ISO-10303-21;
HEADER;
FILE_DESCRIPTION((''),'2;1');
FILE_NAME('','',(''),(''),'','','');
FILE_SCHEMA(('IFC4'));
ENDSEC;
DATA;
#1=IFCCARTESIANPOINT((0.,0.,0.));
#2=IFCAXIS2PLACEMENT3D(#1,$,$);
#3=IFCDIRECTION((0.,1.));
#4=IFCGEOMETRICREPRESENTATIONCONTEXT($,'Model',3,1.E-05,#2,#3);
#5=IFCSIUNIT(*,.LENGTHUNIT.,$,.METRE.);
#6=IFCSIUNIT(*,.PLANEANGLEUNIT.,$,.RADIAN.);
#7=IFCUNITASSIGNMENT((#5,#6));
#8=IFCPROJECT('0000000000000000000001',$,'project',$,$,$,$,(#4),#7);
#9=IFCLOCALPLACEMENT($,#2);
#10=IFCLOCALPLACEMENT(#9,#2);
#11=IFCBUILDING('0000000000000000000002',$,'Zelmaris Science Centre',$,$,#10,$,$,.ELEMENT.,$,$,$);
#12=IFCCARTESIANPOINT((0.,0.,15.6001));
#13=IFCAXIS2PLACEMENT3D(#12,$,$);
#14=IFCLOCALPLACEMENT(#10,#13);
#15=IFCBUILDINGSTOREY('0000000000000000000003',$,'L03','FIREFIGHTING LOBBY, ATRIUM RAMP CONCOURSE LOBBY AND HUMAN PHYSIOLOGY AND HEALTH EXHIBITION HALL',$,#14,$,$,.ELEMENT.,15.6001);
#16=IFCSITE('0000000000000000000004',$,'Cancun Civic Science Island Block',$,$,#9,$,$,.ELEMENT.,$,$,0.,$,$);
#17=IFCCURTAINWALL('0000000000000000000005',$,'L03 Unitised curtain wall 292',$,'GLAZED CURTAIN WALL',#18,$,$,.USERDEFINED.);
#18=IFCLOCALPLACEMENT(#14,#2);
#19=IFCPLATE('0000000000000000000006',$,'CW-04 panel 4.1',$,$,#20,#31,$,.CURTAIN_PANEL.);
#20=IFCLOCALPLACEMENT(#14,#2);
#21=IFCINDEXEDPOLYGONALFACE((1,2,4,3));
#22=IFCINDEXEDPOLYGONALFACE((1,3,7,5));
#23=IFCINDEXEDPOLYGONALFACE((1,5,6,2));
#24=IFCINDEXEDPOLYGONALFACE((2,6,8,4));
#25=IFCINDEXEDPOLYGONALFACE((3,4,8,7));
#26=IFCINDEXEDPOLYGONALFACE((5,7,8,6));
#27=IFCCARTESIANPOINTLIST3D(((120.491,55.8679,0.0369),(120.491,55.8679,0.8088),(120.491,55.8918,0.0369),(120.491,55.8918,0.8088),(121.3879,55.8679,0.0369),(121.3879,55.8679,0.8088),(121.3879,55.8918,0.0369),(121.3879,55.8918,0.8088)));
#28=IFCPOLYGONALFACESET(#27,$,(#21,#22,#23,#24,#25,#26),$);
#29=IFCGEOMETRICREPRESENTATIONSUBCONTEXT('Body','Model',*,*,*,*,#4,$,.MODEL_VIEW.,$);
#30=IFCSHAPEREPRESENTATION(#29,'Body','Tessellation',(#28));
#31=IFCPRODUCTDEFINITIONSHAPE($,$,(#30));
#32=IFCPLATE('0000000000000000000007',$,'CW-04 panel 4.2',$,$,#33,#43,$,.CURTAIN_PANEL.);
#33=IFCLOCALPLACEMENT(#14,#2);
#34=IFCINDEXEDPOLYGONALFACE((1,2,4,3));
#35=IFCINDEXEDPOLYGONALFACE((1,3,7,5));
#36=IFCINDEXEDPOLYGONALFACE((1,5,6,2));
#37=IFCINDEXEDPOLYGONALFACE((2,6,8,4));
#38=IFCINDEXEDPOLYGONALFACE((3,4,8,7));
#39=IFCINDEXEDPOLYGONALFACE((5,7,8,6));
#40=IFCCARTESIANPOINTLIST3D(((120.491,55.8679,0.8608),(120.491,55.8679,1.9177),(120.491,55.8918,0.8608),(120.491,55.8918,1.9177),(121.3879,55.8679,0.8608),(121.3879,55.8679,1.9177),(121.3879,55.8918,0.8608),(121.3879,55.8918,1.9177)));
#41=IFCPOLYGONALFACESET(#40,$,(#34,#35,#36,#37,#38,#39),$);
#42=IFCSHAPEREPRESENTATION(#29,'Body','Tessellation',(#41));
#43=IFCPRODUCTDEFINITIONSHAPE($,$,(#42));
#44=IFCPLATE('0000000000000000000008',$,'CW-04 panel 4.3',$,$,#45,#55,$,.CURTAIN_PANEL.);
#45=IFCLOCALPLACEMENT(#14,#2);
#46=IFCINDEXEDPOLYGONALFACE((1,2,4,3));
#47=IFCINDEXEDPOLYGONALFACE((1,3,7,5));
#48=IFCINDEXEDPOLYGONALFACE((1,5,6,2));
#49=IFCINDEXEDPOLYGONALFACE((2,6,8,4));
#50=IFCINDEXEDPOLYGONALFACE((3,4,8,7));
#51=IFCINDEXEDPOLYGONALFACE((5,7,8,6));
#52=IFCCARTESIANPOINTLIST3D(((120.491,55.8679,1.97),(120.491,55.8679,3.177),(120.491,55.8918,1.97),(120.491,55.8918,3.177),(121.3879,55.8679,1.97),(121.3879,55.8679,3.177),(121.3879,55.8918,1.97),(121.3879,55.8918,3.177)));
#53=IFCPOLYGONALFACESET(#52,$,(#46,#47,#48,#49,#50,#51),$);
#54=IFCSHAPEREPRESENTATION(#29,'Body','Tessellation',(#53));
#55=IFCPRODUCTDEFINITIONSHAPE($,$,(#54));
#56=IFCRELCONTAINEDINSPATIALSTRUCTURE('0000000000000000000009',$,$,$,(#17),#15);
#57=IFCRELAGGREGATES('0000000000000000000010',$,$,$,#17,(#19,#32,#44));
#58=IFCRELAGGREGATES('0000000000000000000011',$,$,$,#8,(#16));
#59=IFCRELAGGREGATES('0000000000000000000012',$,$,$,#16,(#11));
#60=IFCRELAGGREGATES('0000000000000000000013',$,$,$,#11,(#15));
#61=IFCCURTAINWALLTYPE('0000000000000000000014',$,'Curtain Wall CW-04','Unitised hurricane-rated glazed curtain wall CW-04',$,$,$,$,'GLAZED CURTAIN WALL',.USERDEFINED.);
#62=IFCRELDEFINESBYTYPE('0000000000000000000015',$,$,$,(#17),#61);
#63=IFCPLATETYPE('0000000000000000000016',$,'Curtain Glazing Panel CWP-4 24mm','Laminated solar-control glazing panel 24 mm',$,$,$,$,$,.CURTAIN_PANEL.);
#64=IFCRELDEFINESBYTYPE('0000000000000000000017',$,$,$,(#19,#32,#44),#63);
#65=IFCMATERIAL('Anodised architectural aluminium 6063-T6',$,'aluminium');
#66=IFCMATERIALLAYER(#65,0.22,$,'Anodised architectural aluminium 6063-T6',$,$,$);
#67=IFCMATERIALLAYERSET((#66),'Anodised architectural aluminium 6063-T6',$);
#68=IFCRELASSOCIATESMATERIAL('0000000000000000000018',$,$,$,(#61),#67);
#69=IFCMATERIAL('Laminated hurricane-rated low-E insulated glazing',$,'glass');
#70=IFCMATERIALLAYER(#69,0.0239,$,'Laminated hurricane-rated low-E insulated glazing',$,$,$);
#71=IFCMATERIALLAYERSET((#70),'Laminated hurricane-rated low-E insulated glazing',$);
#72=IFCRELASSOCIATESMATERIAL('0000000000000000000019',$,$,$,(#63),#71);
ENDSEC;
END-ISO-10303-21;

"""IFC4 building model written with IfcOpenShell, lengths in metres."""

from ifc_helpers import new_model, si_unit, direction, frame, origin, origin_2d, place, context, subcontext, project, spatial, rectangle, extrude, material, layer, layer_set, type_object, element, aggregate, save


model = new_model("IFC4")

# Units and contexts
model_context = context("Model", 3, precision=1e-05, world=origin(), true_north=direction((0.0, 1.0)))
body_context = subcontext(model_context, "Body", "Model", "MODEL_VIEW")
ifc_project = project(units=[si_unit("LENGTHUNIT", "METRE"), si_unit("PLANEANGLEUNIT", "RADIAN")], contexts=[model_context])

# Site, building, storey
site_placement = place(None, origin())
site = spatial("IfcSite", under=ifc_project, at=site_placement, Name="Cancun Civic Science Island Block", CompositionType="ELEMENT", RefElevation=0.0)
building_placement = place(site_placement, origin())
building = spatial("IfcBuilding", under=site, at=building_placement, Name="Zelmaris Science Centre", CompositionType="ELEMENT")
storey_placement = place(building_placement, frame((0.0, 0.0, 15.6001)))
storey = spatial("IfcBuildingStorey", under=building, at=storey_placement, Name="L03", Description="FIREFIGHTING LOBBY, ATRIUM RAMP CONCOURSE LOBBY AND HUMAN PHYSIOLOGY AND HEALTH EXHIBITION HALL", CompositionType="ELEMENT", Elevation=15.6001)

# Curtain wall, plates
ifc_material_1 = material(Name="Anodised architectural aluminium 6063-T6", Category="aluminium")
ifc_layer_1 = layer(ifc_material_1, 0.22, Name="Anodised architectural aluminium 6063-T6")
ifc_layer_set_1 = layer_set([ifc_layer_1], Name="Anodised architectural aluminium 6063-T6")
curtain_wall_type = type_object("IfcCurtainWallType", Name="Curtain Wall CW-04", Description="Unitised hurricane-rated glazed curtain wall CW-04", ElementType="GLAZED CURTAIN WALL", PredefinedType="USERDEFINED", material=ifc_layer_set_1)
curtain_wall_placement = place(storey_placement, origin())
curtain_wall = element("IfcCurtainWall", 1, at=curtain_wall_placement, inside=storey, type_object=curtain_wall_type, Name="L03 Unitised curtain wall 292", ObjectType="GLAZED CURTAIN WALL", PredefinedType="USERDEFINED")
ifc_material_2 = material(Name="Laminated hurricane-rated low-E insulated glazing", Category="glass")
ifc_layer_2 = layer(ifc_material_2, 0.0239, Name="Laminated hurricane-rated low-E insulated glazing")
ifc_layer_set_2 = layer_set([ifc_layer_2], Name="Laminated hurricane-rated low-E insulated glazing")
plate_type = type_object("IfcPlateType", Name="Curtain Glazing Panel CWP-4 24mm", Description="Laminated solar-control glazing panel 24 mm", PredefinedType="CURTAIN_PANEL", material=ifc_layer_set_2)
plate_1_placement = place(storey_placement, frame((120.9395, 55.8799, 0.0369), z_axis=(0.0, 0.0, 1.0), x_axis=(1.0, 0.0, 0.0)))
plate_1 = element("IfcPlate", 2, at=plate_1_placement, type_object=plate_type, Name="CW-04 panel 4.1", PredefinedType="CURTAIN_PANEL", context=body_context, shape_type="SweptSolid", body=[
    extrude(rectangle(XDim=0.897, YDim=0.0239, at=origin_2d()), origin(), (0.0, 0.0, 1.0), 0.772),
])
plate_2_placement = place(storey_placement, frame((120.9395, 55.8799, 0.8608), z_axis=(0.0, 0.0, 1.0), x_axis=(1.0, 0.0, 0.0)))
plate_2 = element("IfcPlate", 3, at=plate_2_placement, type_object=plate_type, Name="CW-04 panel 4.2", PredefinedType="CURTAIN_PANEL", context=body_context, shape_type="SweptSolid", body=[
    extrude(rectangle(XDim=0.897, YDim=0.0239, at=origin_2d()), origin(), (0.0, 0.0, 1.0), 1.0569),
])
plate_3_placement = place(storey_placement, frame((120.9395, 55.8799, 1.97), z_axis=(0.0, 0.0, 1.0), x_axis=(1.0, 0.0, 0.0)))
plate_3 = element("IfcPlate", 4, at=plate_3_placement, type_object=plate_type, Name="CW-04 panel 4.3", PredefinedType="CURTAIN_PANEL", context=body_context, shape_type="SweptSolid", body=[
    extrude(rectangle(XDim=0.897, YDim=0.0239, at=origin_2d()), origin(), (0.0, 0.0, 1.0), 1.207),
])
aggregate(curtain_wall, [plate_1, plate_2, plate_3])

save(model, "model.ifc")
